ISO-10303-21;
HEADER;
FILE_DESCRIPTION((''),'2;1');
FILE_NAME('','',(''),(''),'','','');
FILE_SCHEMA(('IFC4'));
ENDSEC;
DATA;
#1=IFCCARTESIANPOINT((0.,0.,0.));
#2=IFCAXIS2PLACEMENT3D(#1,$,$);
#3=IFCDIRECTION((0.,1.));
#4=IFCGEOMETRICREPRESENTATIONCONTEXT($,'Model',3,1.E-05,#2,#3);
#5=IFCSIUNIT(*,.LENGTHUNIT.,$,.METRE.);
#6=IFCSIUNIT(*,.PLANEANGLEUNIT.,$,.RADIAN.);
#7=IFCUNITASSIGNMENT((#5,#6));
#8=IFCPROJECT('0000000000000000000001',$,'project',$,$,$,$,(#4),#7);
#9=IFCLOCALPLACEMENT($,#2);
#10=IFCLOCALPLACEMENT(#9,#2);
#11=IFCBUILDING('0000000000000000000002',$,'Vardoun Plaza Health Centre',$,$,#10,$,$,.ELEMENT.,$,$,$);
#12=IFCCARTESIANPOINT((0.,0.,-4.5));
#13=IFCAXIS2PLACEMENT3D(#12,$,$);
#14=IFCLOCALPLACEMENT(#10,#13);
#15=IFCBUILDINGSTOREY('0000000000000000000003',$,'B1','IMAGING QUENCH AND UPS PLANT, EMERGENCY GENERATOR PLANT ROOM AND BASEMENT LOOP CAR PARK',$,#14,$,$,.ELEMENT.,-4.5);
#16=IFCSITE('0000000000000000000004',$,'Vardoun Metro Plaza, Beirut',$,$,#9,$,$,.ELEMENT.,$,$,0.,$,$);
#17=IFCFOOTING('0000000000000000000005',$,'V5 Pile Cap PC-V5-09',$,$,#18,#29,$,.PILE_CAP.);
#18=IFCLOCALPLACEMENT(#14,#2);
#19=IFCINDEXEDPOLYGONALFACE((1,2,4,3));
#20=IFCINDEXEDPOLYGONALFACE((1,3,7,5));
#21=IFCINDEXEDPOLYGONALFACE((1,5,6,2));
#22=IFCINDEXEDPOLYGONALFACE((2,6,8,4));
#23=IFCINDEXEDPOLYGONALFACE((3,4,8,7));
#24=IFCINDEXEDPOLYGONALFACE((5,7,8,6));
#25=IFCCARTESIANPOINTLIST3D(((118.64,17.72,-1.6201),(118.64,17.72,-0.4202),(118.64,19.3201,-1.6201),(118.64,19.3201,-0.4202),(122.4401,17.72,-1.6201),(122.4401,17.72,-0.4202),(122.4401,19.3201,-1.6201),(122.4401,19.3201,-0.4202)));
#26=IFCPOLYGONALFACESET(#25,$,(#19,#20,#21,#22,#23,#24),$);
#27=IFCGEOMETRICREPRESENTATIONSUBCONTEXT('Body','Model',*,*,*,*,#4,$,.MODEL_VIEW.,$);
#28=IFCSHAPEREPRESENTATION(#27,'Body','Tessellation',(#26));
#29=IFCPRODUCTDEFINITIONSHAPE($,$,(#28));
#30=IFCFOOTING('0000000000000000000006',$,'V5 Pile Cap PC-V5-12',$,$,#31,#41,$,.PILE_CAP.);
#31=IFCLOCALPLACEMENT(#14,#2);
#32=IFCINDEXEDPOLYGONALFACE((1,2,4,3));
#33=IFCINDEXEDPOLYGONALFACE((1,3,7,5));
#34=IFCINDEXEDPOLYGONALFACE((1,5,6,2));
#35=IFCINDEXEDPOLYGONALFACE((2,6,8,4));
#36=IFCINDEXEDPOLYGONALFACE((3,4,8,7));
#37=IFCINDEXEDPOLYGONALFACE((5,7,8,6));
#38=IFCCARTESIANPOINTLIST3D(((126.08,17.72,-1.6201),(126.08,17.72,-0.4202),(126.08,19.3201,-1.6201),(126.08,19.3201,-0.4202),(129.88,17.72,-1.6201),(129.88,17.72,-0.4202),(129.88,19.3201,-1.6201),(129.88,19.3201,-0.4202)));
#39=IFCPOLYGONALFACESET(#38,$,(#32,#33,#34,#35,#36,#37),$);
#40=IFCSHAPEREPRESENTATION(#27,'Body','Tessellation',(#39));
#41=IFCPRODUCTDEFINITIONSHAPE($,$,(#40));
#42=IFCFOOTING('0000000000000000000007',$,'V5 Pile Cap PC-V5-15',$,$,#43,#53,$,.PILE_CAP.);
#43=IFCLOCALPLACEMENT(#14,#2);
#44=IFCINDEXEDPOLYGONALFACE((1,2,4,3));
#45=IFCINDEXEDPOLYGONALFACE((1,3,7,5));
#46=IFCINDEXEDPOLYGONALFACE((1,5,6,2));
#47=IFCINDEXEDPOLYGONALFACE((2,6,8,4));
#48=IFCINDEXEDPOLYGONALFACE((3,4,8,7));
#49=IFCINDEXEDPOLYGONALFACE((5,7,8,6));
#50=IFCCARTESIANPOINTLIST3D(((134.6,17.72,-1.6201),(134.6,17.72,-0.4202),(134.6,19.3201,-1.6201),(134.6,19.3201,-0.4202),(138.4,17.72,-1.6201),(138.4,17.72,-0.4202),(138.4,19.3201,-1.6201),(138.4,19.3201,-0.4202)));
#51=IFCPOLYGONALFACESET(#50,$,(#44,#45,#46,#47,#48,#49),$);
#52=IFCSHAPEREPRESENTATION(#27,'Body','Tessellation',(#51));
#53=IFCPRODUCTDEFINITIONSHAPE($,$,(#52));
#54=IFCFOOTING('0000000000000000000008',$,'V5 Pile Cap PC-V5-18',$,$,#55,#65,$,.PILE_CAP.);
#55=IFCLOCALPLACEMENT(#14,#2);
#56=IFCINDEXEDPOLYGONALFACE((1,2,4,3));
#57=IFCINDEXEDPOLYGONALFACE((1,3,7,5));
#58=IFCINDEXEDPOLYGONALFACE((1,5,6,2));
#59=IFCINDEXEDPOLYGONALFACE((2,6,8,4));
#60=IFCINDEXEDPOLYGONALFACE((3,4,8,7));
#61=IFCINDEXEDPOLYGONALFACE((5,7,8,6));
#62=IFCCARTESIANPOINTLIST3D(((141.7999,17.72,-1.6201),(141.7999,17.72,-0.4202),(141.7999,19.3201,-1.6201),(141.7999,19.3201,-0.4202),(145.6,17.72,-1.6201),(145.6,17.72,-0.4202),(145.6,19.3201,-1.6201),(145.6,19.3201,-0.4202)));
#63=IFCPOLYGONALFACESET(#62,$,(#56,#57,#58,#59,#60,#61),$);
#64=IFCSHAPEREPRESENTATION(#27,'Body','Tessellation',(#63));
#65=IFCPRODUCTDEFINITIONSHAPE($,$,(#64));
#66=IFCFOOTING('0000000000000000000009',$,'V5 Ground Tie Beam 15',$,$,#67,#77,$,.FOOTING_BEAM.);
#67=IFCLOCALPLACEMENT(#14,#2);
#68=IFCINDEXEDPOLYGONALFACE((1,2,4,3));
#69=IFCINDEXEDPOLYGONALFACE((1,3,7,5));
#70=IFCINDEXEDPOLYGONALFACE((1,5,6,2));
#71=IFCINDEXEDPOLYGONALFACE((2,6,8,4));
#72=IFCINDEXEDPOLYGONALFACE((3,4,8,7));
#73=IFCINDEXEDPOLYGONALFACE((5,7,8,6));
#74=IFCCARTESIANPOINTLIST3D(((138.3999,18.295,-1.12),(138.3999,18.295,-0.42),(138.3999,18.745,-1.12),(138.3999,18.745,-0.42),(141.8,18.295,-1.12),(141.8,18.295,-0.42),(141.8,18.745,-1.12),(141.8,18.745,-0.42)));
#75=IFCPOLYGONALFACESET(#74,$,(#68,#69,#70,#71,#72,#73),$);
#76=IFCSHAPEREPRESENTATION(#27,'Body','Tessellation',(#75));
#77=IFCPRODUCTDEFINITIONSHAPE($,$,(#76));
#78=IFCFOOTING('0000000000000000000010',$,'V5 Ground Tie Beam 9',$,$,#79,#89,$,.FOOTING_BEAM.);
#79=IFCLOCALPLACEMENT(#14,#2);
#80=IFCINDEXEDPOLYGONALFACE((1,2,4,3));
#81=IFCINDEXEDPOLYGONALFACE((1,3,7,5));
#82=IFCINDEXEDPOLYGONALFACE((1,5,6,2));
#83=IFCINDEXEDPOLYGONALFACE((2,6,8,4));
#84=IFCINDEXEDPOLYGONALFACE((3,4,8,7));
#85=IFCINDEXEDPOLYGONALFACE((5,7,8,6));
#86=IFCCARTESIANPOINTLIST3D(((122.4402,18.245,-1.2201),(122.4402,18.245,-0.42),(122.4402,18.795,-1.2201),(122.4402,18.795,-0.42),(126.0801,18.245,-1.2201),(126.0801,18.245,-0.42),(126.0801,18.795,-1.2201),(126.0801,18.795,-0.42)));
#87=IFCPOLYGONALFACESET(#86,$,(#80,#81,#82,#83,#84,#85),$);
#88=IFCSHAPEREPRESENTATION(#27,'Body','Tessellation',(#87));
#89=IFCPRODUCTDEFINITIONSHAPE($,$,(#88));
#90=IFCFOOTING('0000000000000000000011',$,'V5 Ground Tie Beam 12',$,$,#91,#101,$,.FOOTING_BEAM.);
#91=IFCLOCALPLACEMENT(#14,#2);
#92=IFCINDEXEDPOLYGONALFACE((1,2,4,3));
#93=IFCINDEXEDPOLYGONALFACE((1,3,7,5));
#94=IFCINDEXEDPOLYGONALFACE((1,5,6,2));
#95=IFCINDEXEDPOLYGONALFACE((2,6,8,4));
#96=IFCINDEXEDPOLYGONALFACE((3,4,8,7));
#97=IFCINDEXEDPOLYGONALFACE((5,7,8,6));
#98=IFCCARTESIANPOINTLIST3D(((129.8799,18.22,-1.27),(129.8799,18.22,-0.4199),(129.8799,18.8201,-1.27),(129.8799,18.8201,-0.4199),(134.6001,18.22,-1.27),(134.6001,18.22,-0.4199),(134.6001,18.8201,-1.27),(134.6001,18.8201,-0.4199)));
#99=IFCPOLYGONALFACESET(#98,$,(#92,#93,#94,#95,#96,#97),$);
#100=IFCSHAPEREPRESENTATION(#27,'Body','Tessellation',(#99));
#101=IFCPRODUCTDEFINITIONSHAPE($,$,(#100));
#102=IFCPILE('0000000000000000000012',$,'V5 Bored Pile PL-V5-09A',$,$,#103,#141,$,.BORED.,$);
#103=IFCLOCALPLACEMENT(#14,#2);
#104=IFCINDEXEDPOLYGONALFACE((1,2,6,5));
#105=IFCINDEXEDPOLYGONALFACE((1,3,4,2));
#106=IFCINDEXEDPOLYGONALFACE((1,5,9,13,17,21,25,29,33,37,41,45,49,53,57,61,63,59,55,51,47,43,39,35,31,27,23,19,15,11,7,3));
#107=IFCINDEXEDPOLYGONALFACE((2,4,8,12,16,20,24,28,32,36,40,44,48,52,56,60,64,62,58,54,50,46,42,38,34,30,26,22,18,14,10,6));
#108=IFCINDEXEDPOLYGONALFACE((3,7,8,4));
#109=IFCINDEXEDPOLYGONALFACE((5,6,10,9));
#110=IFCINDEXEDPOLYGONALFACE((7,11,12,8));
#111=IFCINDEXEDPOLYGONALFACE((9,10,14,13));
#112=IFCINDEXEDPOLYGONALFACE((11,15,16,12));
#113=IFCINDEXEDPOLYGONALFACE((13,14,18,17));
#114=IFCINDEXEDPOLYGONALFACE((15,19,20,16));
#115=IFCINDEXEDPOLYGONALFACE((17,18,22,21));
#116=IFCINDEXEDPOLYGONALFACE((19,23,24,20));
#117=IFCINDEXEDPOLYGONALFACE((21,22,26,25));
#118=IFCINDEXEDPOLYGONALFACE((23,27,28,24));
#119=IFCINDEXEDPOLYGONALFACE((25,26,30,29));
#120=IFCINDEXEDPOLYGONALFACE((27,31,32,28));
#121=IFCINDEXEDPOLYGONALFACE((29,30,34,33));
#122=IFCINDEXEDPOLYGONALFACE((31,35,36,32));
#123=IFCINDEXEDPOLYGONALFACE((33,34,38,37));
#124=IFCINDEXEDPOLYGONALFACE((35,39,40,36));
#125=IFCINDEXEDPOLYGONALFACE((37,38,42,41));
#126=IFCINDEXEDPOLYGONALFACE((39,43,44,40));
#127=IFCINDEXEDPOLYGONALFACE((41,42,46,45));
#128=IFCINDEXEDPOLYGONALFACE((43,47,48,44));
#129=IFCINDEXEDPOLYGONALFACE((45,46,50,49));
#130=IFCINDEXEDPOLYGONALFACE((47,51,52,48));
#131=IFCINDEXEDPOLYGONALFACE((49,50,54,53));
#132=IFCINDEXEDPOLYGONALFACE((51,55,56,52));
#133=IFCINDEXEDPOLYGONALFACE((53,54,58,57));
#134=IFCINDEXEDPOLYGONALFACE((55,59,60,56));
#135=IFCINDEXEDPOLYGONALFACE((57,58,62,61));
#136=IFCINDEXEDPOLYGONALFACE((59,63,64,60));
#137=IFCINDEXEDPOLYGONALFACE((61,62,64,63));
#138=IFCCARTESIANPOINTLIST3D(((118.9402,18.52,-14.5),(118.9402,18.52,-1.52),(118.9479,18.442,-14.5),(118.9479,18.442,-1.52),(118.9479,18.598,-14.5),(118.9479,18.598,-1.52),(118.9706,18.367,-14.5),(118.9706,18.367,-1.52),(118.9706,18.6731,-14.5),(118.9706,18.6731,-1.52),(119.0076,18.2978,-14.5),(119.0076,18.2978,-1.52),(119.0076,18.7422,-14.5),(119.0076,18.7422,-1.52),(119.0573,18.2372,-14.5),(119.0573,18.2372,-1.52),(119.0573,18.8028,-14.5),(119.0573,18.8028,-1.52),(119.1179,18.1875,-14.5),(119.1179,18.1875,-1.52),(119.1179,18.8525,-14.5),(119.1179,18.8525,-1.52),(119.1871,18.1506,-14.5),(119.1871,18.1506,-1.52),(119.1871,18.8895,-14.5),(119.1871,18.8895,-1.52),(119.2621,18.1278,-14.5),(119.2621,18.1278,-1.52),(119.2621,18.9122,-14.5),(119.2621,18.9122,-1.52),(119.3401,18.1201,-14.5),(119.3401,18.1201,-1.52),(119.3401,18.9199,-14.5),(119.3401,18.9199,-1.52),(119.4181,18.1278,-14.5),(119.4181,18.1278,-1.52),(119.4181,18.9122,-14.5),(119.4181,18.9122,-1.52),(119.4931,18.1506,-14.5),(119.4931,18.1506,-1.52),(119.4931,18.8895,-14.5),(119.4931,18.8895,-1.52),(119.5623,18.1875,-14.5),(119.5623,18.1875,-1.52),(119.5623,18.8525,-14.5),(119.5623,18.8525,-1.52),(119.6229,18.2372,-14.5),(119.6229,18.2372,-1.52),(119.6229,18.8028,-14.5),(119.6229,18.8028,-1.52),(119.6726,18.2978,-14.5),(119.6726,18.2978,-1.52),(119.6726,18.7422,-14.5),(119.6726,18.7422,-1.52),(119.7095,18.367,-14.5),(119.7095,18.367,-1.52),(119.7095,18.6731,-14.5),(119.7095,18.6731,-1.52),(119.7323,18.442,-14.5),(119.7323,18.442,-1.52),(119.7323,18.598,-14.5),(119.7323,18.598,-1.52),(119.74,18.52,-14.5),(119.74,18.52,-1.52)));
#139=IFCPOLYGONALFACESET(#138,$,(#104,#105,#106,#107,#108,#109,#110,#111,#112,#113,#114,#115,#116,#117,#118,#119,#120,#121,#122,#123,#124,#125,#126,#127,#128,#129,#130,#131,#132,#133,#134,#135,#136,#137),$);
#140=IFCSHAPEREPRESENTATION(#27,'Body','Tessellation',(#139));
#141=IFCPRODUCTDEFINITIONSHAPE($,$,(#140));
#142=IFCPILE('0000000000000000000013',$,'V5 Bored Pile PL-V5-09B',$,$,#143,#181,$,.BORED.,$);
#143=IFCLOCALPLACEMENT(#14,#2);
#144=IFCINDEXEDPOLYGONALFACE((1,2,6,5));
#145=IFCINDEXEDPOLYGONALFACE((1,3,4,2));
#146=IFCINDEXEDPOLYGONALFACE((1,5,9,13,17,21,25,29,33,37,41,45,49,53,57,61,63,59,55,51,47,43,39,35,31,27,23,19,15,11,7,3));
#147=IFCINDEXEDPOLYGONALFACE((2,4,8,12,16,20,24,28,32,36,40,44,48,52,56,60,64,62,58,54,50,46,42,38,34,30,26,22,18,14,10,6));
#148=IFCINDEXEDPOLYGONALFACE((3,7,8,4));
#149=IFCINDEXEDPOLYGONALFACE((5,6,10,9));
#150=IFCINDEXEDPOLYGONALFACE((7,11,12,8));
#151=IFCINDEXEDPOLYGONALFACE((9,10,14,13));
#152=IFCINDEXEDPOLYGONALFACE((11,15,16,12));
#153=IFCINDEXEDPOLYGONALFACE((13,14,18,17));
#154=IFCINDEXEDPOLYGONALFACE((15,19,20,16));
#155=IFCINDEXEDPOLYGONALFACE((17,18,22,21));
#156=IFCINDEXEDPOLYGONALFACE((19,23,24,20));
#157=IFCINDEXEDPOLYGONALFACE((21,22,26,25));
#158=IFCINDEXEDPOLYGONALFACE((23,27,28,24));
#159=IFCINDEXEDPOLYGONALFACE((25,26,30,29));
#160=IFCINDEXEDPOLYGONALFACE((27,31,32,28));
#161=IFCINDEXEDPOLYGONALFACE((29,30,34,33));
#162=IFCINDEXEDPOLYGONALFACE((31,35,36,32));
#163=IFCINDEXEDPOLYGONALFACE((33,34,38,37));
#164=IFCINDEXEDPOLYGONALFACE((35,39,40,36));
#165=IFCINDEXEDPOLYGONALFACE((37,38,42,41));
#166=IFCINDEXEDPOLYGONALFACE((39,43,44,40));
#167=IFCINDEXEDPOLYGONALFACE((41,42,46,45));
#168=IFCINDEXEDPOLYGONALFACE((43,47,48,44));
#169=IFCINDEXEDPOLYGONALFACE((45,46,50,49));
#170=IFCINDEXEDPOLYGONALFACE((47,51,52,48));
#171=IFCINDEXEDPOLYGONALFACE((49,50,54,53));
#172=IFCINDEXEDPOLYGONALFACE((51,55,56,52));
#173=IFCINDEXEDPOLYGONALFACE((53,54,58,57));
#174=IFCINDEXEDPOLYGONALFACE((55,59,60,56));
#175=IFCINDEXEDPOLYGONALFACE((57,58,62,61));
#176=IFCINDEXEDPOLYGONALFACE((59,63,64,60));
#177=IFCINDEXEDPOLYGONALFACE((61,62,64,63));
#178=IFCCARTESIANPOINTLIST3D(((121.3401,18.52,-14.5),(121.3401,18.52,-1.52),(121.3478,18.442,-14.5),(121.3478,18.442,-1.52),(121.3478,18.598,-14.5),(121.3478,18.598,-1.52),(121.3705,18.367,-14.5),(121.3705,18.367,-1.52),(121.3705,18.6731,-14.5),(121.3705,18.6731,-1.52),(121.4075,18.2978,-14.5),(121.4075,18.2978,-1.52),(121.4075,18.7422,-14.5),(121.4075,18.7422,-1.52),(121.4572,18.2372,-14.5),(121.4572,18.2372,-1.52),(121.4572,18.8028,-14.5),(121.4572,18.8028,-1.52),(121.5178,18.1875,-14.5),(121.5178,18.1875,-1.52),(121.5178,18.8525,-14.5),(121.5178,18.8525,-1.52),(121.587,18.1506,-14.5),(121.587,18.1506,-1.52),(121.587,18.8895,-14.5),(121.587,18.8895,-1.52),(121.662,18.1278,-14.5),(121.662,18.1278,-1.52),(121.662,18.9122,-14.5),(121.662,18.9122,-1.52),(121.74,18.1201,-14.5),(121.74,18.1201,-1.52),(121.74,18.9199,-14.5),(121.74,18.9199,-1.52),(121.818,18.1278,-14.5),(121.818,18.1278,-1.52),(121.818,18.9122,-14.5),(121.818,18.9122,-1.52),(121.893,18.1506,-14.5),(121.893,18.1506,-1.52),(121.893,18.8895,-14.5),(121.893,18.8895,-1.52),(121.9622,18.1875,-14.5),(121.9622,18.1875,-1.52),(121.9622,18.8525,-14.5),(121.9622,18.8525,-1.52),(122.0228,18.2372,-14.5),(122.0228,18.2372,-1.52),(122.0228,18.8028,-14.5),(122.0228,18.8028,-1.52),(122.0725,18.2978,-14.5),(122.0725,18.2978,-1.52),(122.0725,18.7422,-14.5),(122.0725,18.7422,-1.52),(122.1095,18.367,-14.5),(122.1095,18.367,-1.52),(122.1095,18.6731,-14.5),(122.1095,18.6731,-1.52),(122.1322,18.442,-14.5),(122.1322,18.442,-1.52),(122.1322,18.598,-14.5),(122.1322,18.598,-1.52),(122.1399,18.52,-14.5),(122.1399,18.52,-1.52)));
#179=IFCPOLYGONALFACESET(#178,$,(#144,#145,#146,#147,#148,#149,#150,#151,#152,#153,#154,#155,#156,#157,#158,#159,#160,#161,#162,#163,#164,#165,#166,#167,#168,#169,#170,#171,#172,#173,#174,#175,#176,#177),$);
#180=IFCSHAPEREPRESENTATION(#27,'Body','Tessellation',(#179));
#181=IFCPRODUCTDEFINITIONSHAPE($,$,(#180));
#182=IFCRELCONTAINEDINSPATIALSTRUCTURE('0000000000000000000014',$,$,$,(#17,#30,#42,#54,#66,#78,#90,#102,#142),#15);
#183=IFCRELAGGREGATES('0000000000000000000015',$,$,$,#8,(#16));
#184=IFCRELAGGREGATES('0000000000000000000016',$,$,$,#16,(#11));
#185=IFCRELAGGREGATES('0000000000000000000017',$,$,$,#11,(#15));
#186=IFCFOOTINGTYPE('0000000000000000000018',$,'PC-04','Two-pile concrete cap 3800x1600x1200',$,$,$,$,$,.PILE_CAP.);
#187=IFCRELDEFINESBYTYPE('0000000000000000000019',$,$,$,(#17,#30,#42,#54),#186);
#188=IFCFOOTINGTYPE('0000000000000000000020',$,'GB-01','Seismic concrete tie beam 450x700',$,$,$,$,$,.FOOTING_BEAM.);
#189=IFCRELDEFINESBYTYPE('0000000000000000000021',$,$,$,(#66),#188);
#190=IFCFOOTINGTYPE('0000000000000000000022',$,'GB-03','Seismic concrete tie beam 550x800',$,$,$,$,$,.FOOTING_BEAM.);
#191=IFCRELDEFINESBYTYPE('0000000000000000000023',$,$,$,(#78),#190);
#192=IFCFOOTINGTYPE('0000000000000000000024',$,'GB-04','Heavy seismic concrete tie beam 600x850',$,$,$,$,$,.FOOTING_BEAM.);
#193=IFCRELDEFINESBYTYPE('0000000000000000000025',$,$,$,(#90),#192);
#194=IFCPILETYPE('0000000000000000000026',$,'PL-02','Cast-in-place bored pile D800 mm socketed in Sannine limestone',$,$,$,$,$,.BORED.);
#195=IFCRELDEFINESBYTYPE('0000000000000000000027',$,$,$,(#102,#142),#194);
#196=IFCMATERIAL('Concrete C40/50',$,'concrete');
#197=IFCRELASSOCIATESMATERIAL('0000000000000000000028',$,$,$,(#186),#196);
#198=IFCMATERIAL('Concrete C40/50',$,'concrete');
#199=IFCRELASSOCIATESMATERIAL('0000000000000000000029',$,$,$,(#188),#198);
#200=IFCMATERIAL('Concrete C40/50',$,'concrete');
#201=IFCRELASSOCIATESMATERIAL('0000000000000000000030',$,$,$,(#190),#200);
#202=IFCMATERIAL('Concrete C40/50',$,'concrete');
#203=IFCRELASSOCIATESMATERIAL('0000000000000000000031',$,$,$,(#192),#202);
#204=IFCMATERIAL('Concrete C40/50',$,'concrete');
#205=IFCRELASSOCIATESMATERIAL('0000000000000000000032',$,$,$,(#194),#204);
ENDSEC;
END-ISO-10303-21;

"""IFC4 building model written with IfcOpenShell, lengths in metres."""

from ifc_helpers import new_model, si_unit, direction, frame, origin, origin_2d, place, context, subcontext, project, spatial, rectangle, circle, extrude, material, material_profile, profile_set, type_object, element, save


model = new_model("IFC4")

# Units and contexts
model_context = context("Model", 3, precision=1e-05, world=origin(), true_north=direction((0.0, 1.0)))
body_context = subcontext(model_context, "Body", "Model", "MODEL_VIEW")
ifc_project = project(units=[si_unit("LENGTHUNIT", "METRE"), si_unit("PLANEANGLEUNIT", "RADIAN")], contexts=[model_context])

# Site, building, storey
site_placement = place(None, origin())
site = spatial("IfcSite", under=ifc_project, at=site_placement, Name="Vardoun Metro Plaza, Beirut", CompositionType="ELEMENT", RefElevation=0.0)
building_placement = place(site_placement, origin())
building = spatial("IfcBuilding", under=site, at=building_placement, Name="Vardoun Plaza Health Centre", CompositionType="ELEMENT")
storey_placement = place(building_placement, frame((0.0, 0.0, -4.5)))
storey = spatial("IfcBuildingStorey", under=building, at=storey_placement, Name="B1", Description="IMAGING QUENCH AND UPS PLANT, EMERGENCY GENERATOR PLANT ROOM AND BASEMENT LOOP CAR PARK", CompositionType="ELEMENT", Elevation=-4.5)

# Footings
ifc_material_1 = material(Name="Concrete C40/50", Category="concrete")
footing_type_1 = type_object("IfcFootingType", Name="PC-04", Description="Two-pile concrete cap 3800x1600x1200", PredefinedType="PILE_CAP", material=ifc_material_1)
for number, where, z_axis, x_axis, name in (
    (1, (120.54, 18.52, -1.6201), (0.0, 0.0, 1.0), (1.0, 0.0, 0.0), "V5 Pile Cap PC-V5-09"),
    (2, (127.98, 18.52, -1.6201), (0.0, 0.0, 1.0), (1.0, 0.0, 0.0), "V5 Pile Cap PC-V5-12"),
    (3, (136.5, 18.52, -1.6201), (0.0, 0.0, 1.0), (1.0, 0.0, 0.0), "V5 Pile Cap PC-V5-15"),
    (4, (143.7, 18.52, -1.6201), (0.0, 0.0, 1.0), (1.0, 0.0, 0.0), "V5 Pile Cap PC-V5-18"),
):
    element("IfcFooting", number, at=place(storey_placement, frame(where, z_axis=z_axis, x_axis=x_axis)), inside=storey, type_object=footing_type_1, Name=name, PredefinedType="PILE_CAP", context=body_context, shape_type="SweptSolid", body=[
        extrude(rectangle(XDim=3.8, YDim=1.6001, at=origin_2d()), origin(), (0.0, 0.0, 1.0), 1.2),
    ])
ifc_material_2 = material(Name="Concrete C40/50", Category="concrete")
ifc_material_profile_1 = material_profile(ifc_material_2, rectangle(XDim=0.45, YDim=0.7, at=origin_2d()), Name="GB 450x700")
ifc_profile_set_1 = profile_set([ifc_material_profile_1], Name="Concrete C40/50")
footing_type_2 = type_object("IfcFootingType", Name="GB-01", Description="Seismic concrete tie beam 450x700", PredefinedType="FOOTING_BEAM", material=ifc_profile_set_1)
footing_1_placement = place(storey_placement, frame((138.3999, 18.52, -0.77), z_axis=(1.0, 0.0, 0.0), x_axis=(0.0, 1.0, 0.0)))
element("IfcFooting", 5, at=footing_1_placement, inside=storey, type_object=footing_type_2, Name="V5 Ground Tie Beam 15", PredefinedType="FOOTING_BEAM", context=body_context, shape_type="SweptSolid", body=[
    extrude(rectangle(XDim=0.45, YDim=0.7, at=origin_2d()), origin(), (0.0, 0.0, 1.0), 3.4001),
])
ifc_material_3 = material(Name="Concrete C40/50", Category="concrete")
ifc_material_profile_2 = material_profile(ifc_material_3, rectangle(XDim=0.55, YDim=0.8, at=origin_2d()), Name="GB 550x800")
ifc_profile_set_2 = profile_set([ifc_material_profile_2], Name="Concrete C40/50")
footing_type_3 = type_object("IfcFootingType", Name="GB-03", Description="Seismic concrete tie beam 550x800", PredefinedType="FOOTING_BEAM", material=ifc_profile_set_2)
footing_2_placement = place(storey_placement, frame((122.4402, 18.52, -0.8201), z_axis=(1.0, 0.0, 0.0), x_axis=(0.0, 1.0, 0.0)))
element("IfcFooting", 6, at=footing_2_placement, inside=storey, type_object=footing_type_3, Name="V5 Ground Tie Beam 9", PredefinedType="FOOTING_BEAM", context=body_context, shape_type="SweptSolid", body=[
    extrude(rectangle(XDim=0.55, YDim=0.8, at=origin_2d()), origin(), (0.0, 0.0, 1.0), 3.6399),
])
ifc_material_4 = material(Name="Concrete C40/50", Category="concrete")
ifc_material_profile_3 = material_profile(ifc_material_4, rectangle(XDim=0.6001, YDim=0.8501, at=origin_2d()), Name="GB 600x850")
ifc_profile_set_3 = profile_set([ifc_material_profile_3], Name="Concrete C40/50")
footing_type_4 = type_object("IfcFootingType", Name="GB-04", Description="Heavy seismic concrete tie beam 600x850", PredefinedType="FOOTING_BEAM", material=ifc_profile_set_3)
footing_3_placement = place(storey_placement, frame((129.8799, 18.52, -0.845), z_axis=(1.0, 0.0, 0.0), x_axis=(0.0, 1.0, 0.0)))
element("IfcFooting", 7, at=footing_3_placement, inside=storey, type_object=footing_type_4, Name="V5 Ground Tie Beam 12", PredefinedType="FOOTING_BEAM", context=body_context, shape_type="SweptSolid", body=[
    extrude(rectangle(XDim=0.6001, YDim=0.8501, at=origin_2d()), origin(), (0.0, 0.0, 1.0), 4.7202),
])

# Piles
ifc_material_5 = material(Name="Concrete C40/50", Category="concrete")
ifc_material_profile_4 = material_profile(ifc_material_5, circle(Radius=0.3999, at=origin_2d()), Name="PILE D800")
ifc_profile_set_4 = profile_set([ifc_material_profile_4], Name="Concrete C40/50")
pile_type = type_object("IfcPileType", Name="PL-02", Description="Cast-in-place bored pile D800 mm socketed in Sannine limestone", PredefinedType="BORED", material=ifc_profile_set_4)
for number, where, z_axis, x_axis, name in (
    (8, (119.3401, 18.52, -1.52), (0.0, 0.0, -1.0), (1.0, 0.0, 0.0), "V5 Bored Pile PL-V5-09A"),
    (9, (121.74, 18.52, -1.52), (0.0, 0.0, -1.0), (1.0, 0.0, 0.0), "V5 Bored Pile PL-V5-09B"),
):
    element("IfcPile", number, at=place(storey_placement, frame(where, z_axis=z_axis, x_axis=x_axis)), inside=storey, type_object=pile_type, Name=name, PredefinedType="BORED", context=body_context, shape_type="SweptSolid", body=[
        extrude(circle(Radius=0.3999, at=origin_2d()), origin(), (0.0, 0.0, 1.0), 12.98),
    ])

save(model, "model.ifc")
